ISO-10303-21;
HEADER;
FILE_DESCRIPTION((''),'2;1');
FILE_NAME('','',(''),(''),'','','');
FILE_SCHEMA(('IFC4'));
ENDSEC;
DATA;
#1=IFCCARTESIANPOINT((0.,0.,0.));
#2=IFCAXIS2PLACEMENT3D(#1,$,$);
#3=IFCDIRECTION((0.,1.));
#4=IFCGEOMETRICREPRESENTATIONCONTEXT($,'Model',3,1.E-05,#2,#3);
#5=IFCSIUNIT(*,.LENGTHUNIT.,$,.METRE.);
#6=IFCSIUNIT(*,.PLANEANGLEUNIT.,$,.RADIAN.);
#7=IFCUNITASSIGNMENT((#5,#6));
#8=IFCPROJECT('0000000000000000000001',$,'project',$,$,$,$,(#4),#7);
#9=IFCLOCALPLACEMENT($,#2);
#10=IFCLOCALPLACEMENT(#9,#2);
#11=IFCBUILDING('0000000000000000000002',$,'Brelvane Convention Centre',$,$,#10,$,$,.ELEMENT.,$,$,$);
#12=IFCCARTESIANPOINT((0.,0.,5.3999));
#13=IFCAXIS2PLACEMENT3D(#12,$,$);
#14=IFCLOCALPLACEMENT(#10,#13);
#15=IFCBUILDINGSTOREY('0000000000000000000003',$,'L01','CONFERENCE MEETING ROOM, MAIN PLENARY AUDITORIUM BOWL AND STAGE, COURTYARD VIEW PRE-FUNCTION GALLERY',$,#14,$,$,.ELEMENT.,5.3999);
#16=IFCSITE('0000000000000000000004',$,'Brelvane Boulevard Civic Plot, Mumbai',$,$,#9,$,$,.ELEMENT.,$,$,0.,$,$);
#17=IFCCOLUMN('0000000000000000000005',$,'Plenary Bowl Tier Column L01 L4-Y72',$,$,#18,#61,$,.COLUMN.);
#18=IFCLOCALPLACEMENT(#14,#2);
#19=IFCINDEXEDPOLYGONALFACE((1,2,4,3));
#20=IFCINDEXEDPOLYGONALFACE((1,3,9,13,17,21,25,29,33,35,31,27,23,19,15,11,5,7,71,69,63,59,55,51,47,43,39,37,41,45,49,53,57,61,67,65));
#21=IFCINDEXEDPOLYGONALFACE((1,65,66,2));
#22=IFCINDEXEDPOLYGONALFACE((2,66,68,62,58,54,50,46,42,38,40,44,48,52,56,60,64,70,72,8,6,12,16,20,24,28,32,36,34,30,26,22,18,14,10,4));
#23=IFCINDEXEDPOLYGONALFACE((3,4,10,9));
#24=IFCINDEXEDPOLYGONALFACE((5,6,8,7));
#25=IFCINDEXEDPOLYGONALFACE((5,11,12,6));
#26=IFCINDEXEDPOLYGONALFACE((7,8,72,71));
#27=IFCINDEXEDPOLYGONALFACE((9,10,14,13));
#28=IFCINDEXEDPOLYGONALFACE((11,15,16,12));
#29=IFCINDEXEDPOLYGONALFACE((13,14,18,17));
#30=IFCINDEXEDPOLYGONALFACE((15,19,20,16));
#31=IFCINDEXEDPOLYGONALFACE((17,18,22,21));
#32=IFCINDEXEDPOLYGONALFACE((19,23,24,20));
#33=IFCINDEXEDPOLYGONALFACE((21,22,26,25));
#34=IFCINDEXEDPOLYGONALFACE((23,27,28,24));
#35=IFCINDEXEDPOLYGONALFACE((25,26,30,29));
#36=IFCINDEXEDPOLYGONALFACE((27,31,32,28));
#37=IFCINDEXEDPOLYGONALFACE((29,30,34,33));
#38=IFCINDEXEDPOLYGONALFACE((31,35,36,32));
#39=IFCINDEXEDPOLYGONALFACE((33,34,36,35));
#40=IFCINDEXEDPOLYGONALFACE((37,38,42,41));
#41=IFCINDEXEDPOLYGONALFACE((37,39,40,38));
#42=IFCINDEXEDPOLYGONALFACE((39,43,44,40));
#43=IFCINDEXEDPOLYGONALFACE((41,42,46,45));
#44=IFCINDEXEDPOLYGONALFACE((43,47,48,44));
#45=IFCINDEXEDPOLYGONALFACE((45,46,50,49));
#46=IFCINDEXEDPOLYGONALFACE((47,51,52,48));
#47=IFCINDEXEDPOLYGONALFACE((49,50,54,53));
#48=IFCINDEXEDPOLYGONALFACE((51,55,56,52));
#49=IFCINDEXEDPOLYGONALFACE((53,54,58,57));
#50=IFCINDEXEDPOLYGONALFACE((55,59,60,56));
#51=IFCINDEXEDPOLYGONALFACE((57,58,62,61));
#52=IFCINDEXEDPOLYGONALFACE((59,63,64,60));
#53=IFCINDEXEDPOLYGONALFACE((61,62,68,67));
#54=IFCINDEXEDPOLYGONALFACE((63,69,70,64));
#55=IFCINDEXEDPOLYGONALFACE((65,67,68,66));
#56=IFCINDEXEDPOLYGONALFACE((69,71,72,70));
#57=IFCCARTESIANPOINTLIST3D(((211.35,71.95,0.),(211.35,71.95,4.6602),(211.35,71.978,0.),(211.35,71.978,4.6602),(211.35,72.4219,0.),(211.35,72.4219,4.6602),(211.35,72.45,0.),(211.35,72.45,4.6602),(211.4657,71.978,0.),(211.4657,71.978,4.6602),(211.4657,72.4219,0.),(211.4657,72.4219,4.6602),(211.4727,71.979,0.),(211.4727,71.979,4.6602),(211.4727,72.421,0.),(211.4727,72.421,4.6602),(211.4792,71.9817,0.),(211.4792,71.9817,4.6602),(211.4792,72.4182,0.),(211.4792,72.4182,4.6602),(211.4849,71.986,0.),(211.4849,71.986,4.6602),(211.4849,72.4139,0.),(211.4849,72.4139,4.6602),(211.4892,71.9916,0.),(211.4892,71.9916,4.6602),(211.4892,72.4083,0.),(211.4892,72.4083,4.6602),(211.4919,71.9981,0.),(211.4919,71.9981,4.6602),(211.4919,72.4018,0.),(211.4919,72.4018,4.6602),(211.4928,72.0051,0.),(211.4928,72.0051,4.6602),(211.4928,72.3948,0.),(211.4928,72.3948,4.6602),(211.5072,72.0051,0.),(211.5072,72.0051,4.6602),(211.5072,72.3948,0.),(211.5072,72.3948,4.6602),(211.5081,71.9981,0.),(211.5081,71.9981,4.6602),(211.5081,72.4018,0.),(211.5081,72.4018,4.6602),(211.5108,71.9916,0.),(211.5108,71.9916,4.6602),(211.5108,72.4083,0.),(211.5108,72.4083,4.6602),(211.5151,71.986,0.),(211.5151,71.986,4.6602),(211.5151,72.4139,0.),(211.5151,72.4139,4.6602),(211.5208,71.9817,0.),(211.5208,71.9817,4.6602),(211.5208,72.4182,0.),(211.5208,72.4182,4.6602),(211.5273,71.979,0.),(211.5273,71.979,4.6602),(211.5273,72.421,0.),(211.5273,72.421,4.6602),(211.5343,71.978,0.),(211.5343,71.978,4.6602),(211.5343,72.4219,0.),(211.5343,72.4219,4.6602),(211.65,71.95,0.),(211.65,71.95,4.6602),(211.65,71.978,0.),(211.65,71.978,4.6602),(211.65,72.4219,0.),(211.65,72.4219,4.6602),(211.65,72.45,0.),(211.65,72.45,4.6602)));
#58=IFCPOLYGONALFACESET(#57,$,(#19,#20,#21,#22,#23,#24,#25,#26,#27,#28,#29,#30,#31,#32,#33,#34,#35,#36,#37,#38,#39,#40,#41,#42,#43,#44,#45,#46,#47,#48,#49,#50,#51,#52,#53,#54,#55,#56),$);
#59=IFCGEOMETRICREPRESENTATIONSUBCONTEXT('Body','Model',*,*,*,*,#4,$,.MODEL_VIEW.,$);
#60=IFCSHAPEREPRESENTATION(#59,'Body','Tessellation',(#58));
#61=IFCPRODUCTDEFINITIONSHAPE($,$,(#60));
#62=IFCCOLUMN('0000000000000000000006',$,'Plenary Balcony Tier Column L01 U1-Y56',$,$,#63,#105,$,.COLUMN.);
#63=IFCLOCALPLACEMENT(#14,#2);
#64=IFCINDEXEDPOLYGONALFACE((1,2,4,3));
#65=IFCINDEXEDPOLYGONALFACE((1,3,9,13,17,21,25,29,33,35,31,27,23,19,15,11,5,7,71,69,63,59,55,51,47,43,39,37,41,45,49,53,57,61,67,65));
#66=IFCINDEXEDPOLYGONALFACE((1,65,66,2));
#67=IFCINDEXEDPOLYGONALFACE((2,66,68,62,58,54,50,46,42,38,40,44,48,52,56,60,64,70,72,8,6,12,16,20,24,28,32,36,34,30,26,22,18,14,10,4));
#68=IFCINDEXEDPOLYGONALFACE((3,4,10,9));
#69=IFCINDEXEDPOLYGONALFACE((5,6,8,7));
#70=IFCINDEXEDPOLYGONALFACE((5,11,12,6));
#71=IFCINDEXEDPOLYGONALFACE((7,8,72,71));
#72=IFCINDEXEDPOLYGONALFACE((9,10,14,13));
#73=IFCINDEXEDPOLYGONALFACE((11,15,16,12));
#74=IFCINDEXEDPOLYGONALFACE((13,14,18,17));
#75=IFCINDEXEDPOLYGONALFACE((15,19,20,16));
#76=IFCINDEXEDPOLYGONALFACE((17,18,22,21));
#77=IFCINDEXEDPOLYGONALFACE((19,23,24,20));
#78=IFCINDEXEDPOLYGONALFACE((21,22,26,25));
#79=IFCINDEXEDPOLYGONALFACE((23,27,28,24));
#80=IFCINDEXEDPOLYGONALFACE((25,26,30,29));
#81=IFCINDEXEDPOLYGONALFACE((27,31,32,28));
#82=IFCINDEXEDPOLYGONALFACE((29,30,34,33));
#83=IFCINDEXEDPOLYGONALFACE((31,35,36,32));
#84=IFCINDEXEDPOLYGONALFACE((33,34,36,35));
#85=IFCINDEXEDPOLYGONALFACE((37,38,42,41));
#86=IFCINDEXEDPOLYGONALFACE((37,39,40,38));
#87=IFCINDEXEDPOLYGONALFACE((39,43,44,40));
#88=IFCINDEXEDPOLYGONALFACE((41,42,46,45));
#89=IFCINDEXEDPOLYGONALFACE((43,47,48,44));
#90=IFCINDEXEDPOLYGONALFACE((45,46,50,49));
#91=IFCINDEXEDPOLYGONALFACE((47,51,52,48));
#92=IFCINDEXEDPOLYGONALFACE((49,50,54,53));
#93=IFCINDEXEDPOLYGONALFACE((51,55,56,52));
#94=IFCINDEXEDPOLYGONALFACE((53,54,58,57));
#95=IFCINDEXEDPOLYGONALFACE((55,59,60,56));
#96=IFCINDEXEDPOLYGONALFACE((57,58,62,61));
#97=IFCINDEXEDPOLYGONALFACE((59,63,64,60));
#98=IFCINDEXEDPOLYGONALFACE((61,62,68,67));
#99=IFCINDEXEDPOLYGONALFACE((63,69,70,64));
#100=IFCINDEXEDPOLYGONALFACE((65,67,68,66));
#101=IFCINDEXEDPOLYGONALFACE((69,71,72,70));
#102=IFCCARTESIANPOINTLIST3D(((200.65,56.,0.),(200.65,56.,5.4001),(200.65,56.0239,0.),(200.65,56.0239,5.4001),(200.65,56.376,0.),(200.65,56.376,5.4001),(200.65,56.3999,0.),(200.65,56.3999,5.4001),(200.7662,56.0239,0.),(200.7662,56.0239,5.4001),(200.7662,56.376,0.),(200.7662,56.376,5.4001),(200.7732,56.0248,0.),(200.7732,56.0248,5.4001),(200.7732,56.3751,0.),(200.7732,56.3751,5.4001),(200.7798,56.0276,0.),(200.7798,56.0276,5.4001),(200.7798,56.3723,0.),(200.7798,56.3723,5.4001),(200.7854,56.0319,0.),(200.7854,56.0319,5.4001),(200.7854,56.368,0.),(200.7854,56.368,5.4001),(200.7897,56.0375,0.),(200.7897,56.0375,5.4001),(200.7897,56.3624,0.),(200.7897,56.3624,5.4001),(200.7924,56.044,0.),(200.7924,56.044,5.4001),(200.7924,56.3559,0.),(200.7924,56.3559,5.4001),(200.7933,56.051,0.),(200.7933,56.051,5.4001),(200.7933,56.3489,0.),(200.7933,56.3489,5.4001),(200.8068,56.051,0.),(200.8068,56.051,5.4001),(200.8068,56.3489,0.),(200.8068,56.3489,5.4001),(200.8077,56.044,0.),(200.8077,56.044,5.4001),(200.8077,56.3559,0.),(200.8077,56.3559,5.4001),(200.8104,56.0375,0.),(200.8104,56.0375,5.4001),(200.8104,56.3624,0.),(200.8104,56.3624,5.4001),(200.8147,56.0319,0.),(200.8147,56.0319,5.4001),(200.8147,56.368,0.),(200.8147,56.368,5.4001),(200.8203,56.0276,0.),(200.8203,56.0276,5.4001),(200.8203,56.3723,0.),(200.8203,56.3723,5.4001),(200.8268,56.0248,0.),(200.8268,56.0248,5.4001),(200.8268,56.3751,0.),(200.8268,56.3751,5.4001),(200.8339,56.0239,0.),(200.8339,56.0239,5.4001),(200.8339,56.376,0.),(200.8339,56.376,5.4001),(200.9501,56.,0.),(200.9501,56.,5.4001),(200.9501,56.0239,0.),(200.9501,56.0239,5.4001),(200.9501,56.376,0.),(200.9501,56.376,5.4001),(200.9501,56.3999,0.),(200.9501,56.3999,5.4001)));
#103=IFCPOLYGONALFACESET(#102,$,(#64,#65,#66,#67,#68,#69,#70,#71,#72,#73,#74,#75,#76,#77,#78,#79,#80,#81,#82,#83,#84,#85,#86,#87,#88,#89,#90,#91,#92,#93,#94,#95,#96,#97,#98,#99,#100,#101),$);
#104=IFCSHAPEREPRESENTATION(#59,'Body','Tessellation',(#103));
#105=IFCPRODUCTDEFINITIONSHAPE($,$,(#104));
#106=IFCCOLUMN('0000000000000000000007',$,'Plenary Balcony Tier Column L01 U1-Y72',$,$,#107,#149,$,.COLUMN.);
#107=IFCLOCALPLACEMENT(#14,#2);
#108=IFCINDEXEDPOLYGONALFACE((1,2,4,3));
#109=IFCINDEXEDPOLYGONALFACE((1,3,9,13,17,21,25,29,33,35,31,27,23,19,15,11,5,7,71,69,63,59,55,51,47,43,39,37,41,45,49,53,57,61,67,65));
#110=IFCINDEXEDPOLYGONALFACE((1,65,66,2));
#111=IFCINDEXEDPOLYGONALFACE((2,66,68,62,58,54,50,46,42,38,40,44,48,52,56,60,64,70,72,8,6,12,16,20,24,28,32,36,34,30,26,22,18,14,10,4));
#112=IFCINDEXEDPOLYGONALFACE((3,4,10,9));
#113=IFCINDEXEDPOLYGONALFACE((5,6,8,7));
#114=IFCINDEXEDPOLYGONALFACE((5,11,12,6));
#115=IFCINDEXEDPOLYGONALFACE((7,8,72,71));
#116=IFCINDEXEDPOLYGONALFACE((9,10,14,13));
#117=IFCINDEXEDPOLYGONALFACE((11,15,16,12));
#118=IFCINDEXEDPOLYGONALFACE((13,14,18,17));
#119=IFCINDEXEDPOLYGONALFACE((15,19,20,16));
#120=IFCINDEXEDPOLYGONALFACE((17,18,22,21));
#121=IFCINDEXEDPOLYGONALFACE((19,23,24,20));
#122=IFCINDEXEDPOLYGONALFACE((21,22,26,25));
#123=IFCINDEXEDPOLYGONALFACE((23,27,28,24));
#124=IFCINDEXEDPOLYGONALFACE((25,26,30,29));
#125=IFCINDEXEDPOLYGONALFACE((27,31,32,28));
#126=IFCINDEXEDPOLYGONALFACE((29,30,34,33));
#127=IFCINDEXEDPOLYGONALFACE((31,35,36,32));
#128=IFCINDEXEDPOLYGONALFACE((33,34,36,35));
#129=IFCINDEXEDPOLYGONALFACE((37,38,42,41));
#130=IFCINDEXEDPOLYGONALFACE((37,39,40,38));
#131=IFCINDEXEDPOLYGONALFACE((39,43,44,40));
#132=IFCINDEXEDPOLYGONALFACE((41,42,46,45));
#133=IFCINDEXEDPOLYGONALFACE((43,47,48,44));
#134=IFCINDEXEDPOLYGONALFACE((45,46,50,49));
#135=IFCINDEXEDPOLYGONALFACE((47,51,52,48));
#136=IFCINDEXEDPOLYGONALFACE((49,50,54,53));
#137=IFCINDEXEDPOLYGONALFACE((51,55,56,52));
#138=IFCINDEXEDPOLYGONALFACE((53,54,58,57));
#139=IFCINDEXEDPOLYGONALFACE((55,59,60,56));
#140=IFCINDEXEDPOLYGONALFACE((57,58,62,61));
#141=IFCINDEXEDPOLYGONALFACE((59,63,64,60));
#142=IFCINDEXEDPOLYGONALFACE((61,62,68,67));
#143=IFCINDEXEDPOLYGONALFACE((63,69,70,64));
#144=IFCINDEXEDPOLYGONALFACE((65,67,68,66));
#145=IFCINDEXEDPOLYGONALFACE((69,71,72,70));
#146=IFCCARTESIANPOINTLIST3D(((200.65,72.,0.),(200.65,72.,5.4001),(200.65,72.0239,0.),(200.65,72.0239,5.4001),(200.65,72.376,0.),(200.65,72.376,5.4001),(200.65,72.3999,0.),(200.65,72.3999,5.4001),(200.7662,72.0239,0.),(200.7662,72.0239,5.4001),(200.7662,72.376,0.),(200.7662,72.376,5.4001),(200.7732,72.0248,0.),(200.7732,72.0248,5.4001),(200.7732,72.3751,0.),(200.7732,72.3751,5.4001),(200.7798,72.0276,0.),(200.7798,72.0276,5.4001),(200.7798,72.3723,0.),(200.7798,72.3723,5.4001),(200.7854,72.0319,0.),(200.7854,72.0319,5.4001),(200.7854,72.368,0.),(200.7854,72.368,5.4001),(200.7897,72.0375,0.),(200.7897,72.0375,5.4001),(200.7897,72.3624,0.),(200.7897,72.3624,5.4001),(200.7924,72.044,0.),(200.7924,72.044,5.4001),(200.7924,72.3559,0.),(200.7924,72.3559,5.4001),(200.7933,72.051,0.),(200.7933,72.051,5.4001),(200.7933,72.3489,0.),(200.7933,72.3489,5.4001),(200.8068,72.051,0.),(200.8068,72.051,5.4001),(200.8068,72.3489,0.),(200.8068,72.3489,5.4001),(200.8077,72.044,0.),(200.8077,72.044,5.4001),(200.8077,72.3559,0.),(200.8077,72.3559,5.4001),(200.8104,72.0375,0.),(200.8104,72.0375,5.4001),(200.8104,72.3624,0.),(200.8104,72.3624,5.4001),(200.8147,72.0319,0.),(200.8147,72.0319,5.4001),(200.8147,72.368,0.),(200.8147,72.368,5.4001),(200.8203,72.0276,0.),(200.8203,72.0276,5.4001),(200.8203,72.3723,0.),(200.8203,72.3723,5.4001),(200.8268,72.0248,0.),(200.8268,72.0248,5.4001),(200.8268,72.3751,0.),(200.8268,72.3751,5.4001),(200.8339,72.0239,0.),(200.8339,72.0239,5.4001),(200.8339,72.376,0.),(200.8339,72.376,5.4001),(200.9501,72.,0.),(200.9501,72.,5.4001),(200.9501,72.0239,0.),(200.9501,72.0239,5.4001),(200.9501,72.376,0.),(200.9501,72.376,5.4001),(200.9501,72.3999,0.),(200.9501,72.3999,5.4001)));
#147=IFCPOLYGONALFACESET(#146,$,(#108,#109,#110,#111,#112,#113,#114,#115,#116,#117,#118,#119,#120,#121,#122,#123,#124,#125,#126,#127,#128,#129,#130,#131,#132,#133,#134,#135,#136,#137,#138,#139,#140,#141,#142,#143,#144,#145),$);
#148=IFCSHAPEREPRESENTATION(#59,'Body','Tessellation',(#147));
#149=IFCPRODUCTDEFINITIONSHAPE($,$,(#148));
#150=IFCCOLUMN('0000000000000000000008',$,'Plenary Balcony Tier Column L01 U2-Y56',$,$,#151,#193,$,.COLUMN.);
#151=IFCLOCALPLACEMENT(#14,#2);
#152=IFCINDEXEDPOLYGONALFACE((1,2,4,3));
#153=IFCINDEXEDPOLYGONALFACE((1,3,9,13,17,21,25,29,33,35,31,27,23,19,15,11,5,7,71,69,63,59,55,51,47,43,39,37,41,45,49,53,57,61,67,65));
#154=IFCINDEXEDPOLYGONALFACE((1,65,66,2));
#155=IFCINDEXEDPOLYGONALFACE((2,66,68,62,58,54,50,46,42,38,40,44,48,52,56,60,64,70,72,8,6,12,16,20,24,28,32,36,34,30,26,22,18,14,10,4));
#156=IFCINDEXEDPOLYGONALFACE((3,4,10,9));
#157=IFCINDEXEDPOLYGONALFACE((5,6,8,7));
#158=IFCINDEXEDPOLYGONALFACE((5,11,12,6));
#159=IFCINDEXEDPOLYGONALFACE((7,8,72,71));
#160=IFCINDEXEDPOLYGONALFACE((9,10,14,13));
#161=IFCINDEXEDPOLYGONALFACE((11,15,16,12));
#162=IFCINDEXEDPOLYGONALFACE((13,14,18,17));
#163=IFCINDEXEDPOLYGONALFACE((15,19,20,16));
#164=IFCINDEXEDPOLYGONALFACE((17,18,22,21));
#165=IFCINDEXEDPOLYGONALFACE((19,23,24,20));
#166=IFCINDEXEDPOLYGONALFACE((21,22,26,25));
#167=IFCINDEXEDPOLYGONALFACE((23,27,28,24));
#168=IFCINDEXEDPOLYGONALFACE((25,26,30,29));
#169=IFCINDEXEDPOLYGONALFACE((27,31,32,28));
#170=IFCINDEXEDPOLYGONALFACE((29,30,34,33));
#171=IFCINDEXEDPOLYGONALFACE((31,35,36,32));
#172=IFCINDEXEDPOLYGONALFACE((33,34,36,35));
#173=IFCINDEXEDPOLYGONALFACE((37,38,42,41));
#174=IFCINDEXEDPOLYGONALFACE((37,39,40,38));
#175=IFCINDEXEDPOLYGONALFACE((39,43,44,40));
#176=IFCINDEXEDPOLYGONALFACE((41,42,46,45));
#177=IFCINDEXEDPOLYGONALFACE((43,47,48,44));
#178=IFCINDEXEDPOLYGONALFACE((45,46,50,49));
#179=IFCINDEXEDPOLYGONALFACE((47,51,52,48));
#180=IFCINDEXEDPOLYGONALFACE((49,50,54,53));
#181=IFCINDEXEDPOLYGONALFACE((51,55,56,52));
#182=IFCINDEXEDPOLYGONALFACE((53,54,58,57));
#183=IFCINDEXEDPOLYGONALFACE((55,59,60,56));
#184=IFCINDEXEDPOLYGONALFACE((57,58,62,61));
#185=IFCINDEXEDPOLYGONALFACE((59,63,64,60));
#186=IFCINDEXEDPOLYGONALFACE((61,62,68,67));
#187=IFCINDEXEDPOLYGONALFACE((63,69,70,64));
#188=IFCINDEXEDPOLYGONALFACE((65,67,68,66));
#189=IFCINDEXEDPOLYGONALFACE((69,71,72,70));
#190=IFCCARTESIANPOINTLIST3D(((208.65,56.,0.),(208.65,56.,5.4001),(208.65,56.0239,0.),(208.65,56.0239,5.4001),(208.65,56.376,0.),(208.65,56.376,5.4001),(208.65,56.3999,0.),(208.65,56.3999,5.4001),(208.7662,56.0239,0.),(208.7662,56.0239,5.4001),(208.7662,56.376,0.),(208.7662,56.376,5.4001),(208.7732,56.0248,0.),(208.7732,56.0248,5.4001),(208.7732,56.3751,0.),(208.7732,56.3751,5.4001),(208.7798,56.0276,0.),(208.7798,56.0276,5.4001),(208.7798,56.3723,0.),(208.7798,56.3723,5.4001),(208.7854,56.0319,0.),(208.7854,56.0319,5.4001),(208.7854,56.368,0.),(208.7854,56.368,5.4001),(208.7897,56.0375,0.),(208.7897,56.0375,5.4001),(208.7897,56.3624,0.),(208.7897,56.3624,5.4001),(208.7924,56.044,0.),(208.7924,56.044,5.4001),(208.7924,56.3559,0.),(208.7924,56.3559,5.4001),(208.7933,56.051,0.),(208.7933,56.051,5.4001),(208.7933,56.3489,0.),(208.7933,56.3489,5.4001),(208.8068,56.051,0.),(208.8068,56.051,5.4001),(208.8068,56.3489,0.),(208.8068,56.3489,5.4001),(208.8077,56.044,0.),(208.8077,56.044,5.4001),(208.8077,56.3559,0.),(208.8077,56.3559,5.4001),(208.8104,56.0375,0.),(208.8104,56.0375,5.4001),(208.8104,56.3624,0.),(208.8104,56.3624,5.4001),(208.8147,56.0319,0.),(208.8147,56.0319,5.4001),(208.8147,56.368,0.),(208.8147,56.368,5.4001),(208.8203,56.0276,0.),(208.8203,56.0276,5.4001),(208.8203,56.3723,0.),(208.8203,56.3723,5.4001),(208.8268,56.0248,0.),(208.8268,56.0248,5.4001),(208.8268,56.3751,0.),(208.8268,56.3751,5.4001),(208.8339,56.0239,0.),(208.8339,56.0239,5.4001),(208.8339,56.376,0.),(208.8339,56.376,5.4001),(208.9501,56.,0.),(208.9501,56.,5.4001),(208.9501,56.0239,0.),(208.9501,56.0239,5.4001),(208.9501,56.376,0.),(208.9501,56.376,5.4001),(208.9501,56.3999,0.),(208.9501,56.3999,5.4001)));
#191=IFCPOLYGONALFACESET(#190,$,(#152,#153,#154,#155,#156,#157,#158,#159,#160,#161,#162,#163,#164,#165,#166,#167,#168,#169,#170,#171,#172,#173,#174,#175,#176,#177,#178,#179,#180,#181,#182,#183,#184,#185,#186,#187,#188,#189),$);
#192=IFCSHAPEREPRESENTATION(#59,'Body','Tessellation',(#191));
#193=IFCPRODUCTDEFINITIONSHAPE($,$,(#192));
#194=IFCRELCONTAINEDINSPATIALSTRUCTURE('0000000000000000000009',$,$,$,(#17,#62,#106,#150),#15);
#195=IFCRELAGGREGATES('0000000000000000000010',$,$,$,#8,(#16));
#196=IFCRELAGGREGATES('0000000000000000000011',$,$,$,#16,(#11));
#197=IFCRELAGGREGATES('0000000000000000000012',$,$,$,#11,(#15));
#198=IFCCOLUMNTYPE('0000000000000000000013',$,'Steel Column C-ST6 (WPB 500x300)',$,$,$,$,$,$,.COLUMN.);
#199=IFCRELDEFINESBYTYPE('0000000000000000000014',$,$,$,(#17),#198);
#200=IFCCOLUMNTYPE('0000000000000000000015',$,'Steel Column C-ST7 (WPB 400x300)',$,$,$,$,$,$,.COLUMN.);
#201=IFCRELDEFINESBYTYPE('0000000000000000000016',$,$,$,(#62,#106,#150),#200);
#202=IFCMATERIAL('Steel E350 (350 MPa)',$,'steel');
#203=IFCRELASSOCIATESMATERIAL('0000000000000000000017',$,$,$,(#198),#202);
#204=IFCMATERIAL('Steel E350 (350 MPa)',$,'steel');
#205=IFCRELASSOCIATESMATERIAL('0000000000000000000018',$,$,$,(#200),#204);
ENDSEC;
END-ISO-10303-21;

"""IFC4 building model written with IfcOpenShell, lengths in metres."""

from ifc_helpers import new_model, si_unit, direction, frame, origin, origin_2d, place, context, subcontext, project, spatial, i_section, extrude, material, material_profile, profile_set, type_object, element, save


model = new_model("IFC4")

# Units and contexts
model_context = context("Model", 3, precision=1e-05, world=origin(), true_north=direction((0.0, 1.0)))
body_context = subcontext(model_context, "Body", "Model", "MODEL_VIEW")
ifc_project = project(units=[si_unit("LENGTHUNIT", "METRE"), si_unit("PLANEANGLEUNIT", "RADIAN")], contexts=[model_context])

# Site, building, storey
site_placement = place(None, origin())
site = spatial("IfcSite", under=ifc_project, at=site_placement, Name="Brelvane Boulevard Civic Plot, Mumbai", CompositionType="ELEMENT", RefElevation=0.0)
building_placement = place(site_placement, origin())
building = spatial("IfcBuilding", under=site, at=building_placement, Name="Brelvane Convention Centre", CompositionType="ELEMENT")
storey_placement = place(building_placement, frame((0.0, 0.0, 5.3999)))
storey = spatial("IfcBuildingStorey", under=building, at=storey_placement, Name="L01", Description="CONFERENCE MEETING ROOM, MAIN PLENARY AUDITORIUM BOWL AND STAGE, COURTYARD VIEW PRE-FUNCTION GALLERY", CompositionType="ELEMENT", Elevation=5.3999)

# Columns
ifc_material_1 = material(Name="Steel E350 (350 MPa)", Category="steel")
ifc_material_profile_1 = material_profile(ifc_material_1, i_section(OverallWidth=0.3, OverallDepth=0.5, WebThickness=0.0144, FlangeThickness=0.0281, FilletRadius=0.0271, at=origin_2d()), Name="WPB 500x300")
ifc_profile_set_1 = profile_set([ifc_material_profile_1], Name="Steel E350 (350 MPa)")
column_type_1 = type_object("IfcColumnType", Name="Steel Column C-ST6 (WPB 500x300)", PredefinedType="COLUMN", material=ifc_profile_set_1)
for number, where, z_axis, x_axis, name in (
    (1, (211.5, 72.2, 0.0), (0.0, 0.0, 1.0), (1.0, 0.0, 0.0), "Plenary Bowl Tier Column L01 L4-Y72"),
):
    element("IfcColumn", number, at=place(storey_placement, frame(where, z_axis=z_axis, x_axis=x_axis)), inside=storey, type_object=column_type_1, Name=name, PredefinedType="COLUMN", context=body_context, shape_type="SweptSolid", body=[
        extrude(i_section(OverallWidth=0.3, OverallDepth=0.5, WebThickness=0.0144, FlangeThickness=0.0281, FilletRadius=0.0271, at=origin_2d()), origin(), (0.0, 0.0, 1.0), 4.6602),
    ])
ifc_material_2 = material(Name="Steel E350 (350 MPa)", Category="steel")
ifc_material_profile_2 = material_profile(ifc_material_2, i_section(OverallWidth=0.3, OverallDepth=0.3999, WebThickness=0.0134, FlangeThickness=0.0239, FilletRadius=0.0271, at=origin_2d()), Name="WPB 400x300")
ifc_profile_set_2 = profile_set([ifc_material_profile_2], Name="Steel E350 (350 MPa)")
column_type_2 = type_object("IfcColumnType", Name="Steel Column C-ST7 (WPB 400x300)", PredefinedType="COLUMN", material=ifc_profile_set_2)
for number, where, z_axis, x_axis, name in (
    (2, (200.8, 56.2, 0.0), (0.0, 0.0, 1.0), (1.0, 0.0, 0.0), "Plenary Balcony Tier Column L01 U1-Y56"),
    (3, (200.8, 72.2, 0.0), (0.0, 0.0, 1.0), (1.0, 0.0, 0.0), "Plenary Balcony Tier Column L01 U1-Y72"),
    (4, (208.8, 56.2, 0.0), (0.0, 0.0, 1.0), (1.0, 0.0, 0.0), "Plenary Balcony Tier Column L01 U2-Y56"),
):
    element("IfcColumn", number, at=place(storey_placement, frame(where, z_axis=z_axis, x_axis=x_axis)), inside=storey, type_object=column_type_2, Name=name, PredefinedType="COLUMN", context=body_context, shape_type="SweptSolid", body=[
        extrude(i_section(OverallWidth=0.3, OverallDepth=0.3999, WebThickness=0.0134, FlangeThickness=0.0239, FilletRadius=0.0271, at=origin_2d()), origin(), (0.0, 0.0, 1.0), 5.4001),
    ])

save(model, "model.ifc")
